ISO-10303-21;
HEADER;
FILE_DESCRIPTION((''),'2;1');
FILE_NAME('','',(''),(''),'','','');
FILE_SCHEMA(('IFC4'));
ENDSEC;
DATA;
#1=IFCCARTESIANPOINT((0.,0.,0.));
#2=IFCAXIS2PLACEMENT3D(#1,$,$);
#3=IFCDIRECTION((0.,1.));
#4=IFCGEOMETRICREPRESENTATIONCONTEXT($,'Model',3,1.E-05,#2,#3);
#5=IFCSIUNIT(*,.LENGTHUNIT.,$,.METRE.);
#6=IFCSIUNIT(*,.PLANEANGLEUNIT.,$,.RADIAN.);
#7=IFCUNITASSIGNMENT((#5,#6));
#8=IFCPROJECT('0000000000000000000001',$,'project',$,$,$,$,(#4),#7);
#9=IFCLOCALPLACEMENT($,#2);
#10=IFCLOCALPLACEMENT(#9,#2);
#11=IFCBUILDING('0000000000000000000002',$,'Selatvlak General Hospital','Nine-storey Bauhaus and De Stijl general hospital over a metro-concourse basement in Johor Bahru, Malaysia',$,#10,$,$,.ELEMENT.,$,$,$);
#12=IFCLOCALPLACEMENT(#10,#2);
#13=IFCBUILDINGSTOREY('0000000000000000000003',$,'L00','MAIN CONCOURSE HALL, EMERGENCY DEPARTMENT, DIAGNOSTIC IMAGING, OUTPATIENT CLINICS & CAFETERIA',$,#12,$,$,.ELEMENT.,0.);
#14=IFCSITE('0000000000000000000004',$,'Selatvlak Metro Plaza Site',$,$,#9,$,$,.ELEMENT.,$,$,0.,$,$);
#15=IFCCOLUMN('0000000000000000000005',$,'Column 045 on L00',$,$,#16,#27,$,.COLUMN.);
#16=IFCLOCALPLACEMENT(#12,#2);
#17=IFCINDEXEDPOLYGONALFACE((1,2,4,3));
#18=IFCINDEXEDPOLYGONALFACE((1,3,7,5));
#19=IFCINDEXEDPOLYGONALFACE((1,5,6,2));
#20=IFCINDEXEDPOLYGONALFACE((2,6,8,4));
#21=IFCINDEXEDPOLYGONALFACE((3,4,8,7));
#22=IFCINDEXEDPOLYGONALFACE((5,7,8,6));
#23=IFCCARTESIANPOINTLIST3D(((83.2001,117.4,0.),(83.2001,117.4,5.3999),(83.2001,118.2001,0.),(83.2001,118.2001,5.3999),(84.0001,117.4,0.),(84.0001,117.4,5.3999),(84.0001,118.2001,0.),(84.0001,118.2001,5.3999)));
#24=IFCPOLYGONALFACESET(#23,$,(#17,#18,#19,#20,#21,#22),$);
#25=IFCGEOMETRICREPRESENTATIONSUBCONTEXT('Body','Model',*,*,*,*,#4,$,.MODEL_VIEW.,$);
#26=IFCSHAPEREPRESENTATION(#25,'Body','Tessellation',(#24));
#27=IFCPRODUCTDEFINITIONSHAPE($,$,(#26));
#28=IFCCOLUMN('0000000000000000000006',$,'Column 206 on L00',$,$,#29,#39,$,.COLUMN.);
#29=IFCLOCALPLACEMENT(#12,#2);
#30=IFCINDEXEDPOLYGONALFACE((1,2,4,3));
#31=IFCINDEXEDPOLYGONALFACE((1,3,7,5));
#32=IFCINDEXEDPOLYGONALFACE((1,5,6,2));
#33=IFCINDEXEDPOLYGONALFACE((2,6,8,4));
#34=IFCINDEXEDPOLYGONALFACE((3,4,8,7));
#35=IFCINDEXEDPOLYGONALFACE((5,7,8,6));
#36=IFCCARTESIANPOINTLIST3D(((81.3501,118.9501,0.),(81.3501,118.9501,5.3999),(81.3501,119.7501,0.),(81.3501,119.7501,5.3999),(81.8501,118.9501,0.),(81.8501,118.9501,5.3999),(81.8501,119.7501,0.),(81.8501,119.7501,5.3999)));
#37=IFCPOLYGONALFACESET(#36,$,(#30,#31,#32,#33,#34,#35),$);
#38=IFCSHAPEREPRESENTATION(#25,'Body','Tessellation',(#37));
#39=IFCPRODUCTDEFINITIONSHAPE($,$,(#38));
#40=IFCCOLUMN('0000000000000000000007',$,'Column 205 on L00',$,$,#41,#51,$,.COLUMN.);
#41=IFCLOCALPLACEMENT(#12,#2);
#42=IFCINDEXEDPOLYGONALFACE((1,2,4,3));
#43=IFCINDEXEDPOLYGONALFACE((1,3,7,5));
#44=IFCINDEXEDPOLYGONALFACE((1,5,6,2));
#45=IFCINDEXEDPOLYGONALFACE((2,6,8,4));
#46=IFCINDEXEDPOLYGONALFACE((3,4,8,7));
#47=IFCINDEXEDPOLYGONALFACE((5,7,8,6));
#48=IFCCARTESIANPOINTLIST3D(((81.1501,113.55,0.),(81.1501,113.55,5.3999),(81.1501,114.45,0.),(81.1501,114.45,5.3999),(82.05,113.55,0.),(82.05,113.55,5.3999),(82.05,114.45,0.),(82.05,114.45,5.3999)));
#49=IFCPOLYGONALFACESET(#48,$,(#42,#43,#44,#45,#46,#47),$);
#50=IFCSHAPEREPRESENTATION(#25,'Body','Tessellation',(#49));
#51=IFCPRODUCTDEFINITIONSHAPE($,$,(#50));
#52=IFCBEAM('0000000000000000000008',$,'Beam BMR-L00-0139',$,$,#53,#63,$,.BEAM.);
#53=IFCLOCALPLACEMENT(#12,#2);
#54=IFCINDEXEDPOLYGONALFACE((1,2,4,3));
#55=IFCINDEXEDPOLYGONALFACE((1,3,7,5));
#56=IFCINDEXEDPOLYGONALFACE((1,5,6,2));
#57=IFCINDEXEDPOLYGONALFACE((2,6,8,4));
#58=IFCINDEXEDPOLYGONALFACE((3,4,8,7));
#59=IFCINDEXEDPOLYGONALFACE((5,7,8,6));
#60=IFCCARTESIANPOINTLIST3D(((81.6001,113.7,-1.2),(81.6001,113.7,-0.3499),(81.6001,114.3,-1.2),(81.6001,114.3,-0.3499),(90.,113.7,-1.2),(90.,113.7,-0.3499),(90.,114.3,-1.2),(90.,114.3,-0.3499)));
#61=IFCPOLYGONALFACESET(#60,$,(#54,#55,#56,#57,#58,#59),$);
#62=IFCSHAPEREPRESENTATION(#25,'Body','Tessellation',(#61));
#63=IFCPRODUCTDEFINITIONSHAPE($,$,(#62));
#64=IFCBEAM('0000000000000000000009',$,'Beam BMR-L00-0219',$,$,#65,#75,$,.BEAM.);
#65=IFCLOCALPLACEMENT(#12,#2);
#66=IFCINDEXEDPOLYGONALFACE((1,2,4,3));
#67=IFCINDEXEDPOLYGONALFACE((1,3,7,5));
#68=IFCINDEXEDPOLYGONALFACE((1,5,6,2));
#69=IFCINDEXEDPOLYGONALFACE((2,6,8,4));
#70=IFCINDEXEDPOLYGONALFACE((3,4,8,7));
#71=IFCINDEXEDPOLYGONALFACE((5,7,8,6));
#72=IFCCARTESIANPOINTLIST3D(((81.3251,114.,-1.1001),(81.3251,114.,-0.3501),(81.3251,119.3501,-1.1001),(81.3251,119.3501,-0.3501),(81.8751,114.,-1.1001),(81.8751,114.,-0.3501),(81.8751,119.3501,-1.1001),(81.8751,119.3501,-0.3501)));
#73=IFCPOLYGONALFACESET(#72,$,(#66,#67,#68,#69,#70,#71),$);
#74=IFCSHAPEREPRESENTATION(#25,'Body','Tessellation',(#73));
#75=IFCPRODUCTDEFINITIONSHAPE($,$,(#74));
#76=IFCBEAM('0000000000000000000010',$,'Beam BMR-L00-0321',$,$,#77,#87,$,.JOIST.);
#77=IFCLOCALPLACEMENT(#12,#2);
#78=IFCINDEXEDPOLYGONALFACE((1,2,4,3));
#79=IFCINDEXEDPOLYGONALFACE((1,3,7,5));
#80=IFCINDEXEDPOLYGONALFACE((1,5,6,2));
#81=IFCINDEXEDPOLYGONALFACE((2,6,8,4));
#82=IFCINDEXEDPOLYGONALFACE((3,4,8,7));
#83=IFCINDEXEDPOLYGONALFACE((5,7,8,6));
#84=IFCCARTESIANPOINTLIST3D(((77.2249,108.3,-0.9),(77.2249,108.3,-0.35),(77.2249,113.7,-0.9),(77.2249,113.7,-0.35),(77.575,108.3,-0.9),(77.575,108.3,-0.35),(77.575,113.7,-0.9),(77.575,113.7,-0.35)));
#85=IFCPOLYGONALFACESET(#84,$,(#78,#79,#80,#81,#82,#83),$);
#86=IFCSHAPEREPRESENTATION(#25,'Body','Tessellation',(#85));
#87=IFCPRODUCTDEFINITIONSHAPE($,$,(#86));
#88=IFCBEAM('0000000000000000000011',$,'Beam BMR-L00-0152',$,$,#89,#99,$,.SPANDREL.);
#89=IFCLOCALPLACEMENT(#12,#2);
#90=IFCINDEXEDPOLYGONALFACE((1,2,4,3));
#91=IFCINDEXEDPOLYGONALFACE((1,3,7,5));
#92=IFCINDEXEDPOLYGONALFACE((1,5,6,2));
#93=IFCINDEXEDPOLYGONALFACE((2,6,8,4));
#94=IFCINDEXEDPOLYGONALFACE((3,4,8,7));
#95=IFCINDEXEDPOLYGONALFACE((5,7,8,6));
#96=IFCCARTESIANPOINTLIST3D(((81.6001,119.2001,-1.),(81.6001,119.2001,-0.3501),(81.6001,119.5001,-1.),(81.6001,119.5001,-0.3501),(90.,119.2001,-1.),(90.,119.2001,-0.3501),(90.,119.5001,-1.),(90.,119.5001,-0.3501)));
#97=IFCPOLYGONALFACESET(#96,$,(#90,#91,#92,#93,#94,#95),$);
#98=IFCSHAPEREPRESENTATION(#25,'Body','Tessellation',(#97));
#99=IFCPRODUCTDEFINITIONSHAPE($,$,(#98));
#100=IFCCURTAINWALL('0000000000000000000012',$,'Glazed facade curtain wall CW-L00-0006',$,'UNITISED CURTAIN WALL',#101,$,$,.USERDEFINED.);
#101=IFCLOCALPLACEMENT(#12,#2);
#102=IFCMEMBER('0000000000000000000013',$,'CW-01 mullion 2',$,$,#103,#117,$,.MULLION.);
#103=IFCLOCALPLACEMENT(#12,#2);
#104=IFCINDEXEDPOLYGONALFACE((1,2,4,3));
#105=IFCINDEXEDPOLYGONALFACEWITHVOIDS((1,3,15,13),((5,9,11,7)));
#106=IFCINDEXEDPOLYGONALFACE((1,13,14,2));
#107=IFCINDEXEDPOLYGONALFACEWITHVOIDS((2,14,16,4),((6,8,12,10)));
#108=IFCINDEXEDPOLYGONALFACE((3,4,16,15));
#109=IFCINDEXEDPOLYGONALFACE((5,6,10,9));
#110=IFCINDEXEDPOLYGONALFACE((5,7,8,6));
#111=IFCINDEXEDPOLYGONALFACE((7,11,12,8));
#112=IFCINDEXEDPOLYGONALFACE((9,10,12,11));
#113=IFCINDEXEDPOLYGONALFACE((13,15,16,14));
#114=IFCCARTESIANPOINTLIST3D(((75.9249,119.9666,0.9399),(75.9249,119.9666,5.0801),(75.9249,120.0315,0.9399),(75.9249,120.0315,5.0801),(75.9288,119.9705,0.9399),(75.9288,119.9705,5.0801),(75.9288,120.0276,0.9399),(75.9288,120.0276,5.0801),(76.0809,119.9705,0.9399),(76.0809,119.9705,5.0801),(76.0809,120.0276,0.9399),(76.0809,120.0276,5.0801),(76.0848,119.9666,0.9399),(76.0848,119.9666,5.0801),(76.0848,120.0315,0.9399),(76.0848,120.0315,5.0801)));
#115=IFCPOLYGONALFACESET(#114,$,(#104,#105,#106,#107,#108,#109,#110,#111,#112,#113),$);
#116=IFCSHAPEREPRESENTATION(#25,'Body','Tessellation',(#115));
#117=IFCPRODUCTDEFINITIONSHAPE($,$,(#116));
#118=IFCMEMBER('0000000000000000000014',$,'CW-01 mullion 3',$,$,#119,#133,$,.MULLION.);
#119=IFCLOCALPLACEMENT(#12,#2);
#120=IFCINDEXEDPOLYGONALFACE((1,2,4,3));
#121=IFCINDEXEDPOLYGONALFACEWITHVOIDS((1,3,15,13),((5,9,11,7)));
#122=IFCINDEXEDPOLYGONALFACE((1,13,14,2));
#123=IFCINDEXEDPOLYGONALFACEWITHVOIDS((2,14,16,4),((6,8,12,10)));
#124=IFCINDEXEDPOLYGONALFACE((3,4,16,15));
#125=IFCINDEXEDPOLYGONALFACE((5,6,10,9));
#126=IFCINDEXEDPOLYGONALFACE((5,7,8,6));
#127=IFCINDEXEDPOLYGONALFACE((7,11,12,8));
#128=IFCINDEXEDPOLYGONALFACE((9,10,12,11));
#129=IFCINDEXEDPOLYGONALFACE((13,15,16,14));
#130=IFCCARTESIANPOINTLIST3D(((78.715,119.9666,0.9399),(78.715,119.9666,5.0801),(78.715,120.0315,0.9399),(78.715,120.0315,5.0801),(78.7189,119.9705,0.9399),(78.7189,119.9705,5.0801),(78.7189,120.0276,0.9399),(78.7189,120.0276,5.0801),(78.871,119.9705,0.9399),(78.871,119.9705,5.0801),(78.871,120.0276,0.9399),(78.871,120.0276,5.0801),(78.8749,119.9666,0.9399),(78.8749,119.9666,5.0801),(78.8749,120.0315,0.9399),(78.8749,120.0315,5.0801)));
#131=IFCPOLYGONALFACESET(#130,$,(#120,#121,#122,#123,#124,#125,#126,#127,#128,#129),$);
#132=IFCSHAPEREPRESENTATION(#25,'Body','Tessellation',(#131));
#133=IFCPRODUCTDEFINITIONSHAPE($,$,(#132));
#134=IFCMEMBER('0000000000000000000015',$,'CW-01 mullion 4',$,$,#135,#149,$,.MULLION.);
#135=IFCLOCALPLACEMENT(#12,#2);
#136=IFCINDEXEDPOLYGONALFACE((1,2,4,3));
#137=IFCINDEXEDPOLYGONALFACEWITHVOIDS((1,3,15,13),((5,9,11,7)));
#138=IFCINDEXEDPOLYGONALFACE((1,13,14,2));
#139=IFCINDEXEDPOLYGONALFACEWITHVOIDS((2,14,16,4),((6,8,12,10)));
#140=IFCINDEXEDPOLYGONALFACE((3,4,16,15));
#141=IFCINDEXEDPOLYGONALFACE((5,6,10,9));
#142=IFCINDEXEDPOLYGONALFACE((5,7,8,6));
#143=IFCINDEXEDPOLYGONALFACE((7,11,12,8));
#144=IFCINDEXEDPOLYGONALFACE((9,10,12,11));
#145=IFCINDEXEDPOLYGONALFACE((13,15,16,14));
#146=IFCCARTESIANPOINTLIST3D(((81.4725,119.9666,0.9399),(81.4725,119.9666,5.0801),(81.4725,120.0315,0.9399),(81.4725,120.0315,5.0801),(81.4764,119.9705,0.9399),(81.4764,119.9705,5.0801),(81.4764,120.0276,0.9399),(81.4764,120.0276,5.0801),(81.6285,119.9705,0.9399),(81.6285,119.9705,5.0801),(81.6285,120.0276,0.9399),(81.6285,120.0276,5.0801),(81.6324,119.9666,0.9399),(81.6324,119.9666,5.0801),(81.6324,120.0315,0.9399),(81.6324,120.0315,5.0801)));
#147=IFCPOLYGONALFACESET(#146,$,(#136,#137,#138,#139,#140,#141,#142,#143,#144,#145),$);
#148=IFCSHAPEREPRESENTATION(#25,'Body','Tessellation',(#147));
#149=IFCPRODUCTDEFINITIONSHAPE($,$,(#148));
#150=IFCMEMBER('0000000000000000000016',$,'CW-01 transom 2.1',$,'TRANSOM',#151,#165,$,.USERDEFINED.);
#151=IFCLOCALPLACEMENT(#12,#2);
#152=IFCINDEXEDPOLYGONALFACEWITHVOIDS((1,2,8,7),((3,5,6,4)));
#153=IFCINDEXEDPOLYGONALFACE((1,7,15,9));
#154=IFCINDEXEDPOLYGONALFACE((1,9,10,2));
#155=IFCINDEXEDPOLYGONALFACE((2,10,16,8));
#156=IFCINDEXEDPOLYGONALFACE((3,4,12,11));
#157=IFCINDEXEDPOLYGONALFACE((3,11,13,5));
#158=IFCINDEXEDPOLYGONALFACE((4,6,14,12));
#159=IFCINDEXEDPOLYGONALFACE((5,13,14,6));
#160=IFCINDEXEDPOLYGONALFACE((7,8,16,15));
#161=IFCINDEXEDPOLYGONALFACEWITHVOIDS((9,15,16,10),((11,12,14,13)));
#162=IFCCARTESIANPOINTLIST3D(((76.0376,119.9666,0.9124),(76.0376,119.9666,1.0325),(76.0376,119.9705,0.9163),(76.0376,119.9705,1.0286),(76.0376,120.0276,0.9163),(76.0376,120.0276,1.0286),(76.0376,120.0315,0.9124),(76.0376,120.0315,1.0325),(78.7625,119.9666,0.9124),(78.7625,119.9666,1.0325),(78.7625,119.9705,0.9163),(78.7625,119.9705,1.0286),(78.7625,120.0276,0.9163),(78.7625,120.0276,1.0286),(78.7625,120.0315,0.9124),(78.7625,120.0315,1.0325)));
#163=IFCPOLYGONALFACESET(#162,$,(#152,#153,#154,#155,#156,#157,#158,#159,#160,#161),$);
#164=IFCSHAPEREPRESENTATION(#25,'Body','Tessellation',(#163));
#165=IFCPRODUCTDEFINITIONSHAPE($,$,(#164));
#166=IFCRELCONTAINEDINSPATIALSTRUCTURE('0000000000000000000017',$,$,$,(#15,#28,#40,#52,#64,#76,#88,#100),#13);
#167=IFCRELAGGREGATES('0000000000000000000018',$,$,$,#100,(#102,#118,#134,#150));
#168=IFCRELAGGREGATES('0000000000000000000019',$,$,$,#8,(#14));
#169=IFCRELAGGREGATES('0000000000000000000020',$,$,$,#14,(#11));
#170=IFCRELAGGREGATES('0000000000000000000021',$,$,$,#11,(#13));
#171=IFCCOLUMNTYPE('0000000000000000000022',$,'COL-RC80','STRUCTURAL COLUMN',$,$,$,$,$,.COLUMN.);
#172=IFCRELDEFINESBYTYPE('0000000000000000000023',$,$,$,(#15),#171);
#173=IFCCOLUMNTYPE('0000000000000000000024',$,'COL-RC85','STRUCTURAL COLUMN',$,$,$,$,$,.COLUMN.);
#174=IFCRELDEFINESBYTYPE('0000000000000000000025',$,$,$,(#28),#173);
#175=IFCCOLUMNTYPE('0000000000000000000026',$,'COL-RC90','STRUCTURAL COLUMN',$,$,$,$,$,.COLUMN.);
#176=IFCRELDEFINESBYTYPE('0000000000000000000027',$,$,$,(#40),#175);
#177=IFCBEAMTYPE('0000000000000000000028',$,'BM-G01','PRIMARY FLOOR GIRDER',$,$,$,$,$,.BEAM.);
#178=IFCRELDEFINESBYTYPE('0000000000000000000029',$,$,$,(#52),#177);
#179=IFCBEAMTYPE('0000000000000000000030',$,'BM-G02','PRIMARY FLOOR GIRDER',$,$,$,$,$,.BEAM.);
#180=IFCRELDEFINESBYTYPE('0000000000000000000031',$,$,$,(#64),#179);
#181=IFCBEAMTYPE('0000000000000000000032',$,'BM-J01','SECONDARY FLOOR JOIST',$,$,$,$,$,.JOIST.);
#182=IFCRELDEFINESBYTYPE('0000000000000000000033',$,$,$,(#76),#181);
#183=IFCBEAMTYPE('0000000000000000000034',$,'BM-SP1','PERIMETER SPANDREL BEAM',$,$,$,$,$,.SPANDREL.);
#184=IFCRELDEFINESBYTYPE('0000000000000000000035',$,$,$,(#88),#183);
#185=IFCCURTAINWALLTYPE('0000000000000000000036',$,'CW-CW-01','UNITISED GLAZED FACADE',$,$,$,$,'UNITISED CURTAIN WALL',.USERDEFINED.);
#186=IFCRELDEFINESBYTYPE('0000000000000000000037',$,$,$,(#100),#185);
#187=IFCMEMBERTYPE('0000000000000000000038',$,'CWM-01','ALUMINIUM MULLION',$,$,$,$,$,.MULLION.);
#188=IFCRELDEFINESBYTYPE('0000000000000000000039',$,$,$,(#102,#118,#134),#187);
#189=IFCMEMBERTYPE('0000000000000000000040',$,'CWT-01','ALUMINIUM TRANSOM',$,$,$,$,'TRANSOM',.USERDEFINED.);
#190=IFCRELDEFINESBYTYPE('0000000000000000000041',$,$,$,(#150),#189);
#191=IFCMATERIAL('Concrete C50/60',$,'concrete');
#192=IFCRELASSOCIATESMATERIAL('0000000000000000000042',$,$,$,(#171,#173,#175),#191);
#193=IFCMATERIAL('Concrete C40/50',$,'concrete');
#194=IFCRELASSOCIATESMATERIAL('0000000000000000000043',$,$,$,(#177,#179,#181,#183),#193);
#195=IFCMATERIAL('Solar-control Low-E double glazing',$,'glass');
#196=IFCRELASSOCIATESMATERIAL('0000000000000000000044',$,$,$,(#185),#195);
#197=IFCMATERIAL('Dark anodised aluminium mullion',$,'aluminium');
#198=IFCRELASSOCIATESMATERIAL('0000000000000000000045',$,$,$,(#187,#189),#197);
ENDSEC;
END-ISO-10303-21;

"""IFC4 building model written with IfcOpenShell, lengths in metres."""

from ifc_helpers import new_model, si_unit, direction, frame, origin, origin_2d, place, context, subcontext, project, spatial, rectangle, hollow_rectangle, extrude, material, material_profile, profile_set, type_object, element, aggregate, save


model = new_model("IFC4")

# Units and contexts
model_context = context("Model", 3, precision=1e-05, world=origin(), true_north=direction((0.0, 1.0)))
body_context = subcontext(model_context, "Body", "Model", "MODEL_VIEW")
ifc_project = project(units=[si_unit("LENGTHUNIT", "METRE"), si_unit("PLANEANGLEUNIT", "RADIAN")], contexts=[model_context])

# Site, building, storey
site_placement = place(None, origin())
site = spatial("IfcSite", under=ifc_project, at=site_placement, Name="Selatvlak Metro Plaza Site", CompositionType="ELEMENT", RefElevation=0.0)
building_placement = place(site_placement, origin())
building = spatial("IfcBuilding", under=site, at=building_placement, Name="Selatvlak General Hospital", Description="Nine-storey Bauhaus and De Stijl general hospital over a metro-concourse basement in Johor Bahru, Malaysia", CompositionType="ELEMENT")
storey_placement = place(building_placement, origin())
storey = spatial("IfcBuildingStorey", under=building, at=storey_placement, Name="L00", Description="MAIN CONCOURSE HALL, EMERGENCY DEPARTMENT, DIAGNOSTIC IMAGING, OUTPATIENT CLINICS & CAFETERIA", CompositionType="ELEMENT", Elevation=0.0)

# Columns
ifc_material_1 = material(Name="Concrete C50/60", Category="concrete")
ifc_material_profile_1 = material_profile(ifc_material_1, rectangle(XDim=0.8, YDim=0.8, at=origin_2d()), Name="RC-COL 800x800")
ifc_profile_set_1 = profile_set([ifc_material_profile_1], Name="Concrete C50/60")
column_type_1 = type_object("IfcColumnType", Name="COL-RC80", Description="STRUCTURAL COLUMN", PredefinedType="COLUMN", material=ifc_profile_set_1)
column_1_placement = place(storey_placement, frame((83.6001, 117.8, 0.0), z_axis=(0.0, 0.0, 1.0), x_axis=(1.0, 0.0, 0.0)))
element("IfcColumn", 1, at=column_1_placement, inside=storey, type_object=column_type_1, Name="Column 045 on L00", PredefinedType="COLUMN", context=body_context, shape_type="SweptSolid", body=[
    extrude(rectangle(XDim=0.8, YDim=0.8, at=origin_2d()), origin(), (0.0, 0.0, 1.0), 5.3999),
])
ifc_material_profile_2 = material_profile(ifc_material_1, rectangle(XDim=0.5, YDim=0.8, at=origin_2d()), Name="RC-COL 800x500")
ifc_profile_set_2 = profile_set([ifc_material_profile_2], Name="Concrete C50/60")
column_type_2 = type_object("IfcColumnType", Name="COL-RC85", Description="STRUCTURAL COLUMN", PredefinedType="COLUMN", material=ifc_profile_set_2)
column_2_placement = place(storey_placement, frame((81.6001, 119.3501, 0.0), z_axis=(0.0, 0.0, 1.0), x_axis=(1.0, 0.0, 0.0)))
element("IfcColumn", 2, at=column_2_placement, inside=storey, type_object=column_type_2, Name="Column 206 on L00", PredefinedType="COLUMN", context=body_context, shape_type="SweptSolid", body=[
    extrude(rectangle(XDim=0.5, YDim=0.8, at=origin_2d()), origin(), (0.0, 0.0, 1.0), 5.3999),
])
ifc_material_profile_3 = material_profile(ifc_material_1, rectangle(XDim=0.8999, YDim=0.8999, at=origin_2d()), Name="RC-COL 900x900")
ifc_profile_set_3 = profile_set([ifc_material_profile_3], Name="Concrete C50/60")
column_type_3 = type_object("IfcColumnType", Name="COL-RC90", Description="STRUCTURAL COLUMN", PredefinedType="COLUMN", material=ifc_profile_set_3)
column_3_placement = place(storey_placement, frame((81.6001, 114.0, 0.0), z_axis=(0.0, 0.0, 1.0), x_axis=(1.0, 0.0, 0.0)))
element("IfcColumn", 3, at=column_3_placement, inside=storey, type_object=column_type_3, Name="Column 205 on L00", PredefinedType="COLUMN", context=body_context, shape_type="SweptSolid", body=[
    extrude(rectangle(XDim=0.8999, YDim=0.8999, at=origin_2d()), origin(), (0.0, 0.0, 1.0), 5.3999),
])

# Beams
ifc_material_2 = material(Name="Concrete C40/50", Category="concrete")
ifc_material_profile_4 = material_profile(ifc_material_2, rectangle(XDim=0.6001, YDim=0.8501, at=origin_2d()), Name="RC-BM 600x850")
ifc_profile_set_4 = profile_set([ifc_material_profile_4], Name="Concrete C40/50")
beam_type_1 = type_object("IfcBeamType", Name="BM-G01", Description="PRIMARY FLOOR GIRDER", PredefinedType="BEAM", material=ifc_profile_set_4)
beam_1_placement = place(storey_placement, frame((81.6001, 114.0, -0.7749), z_axis=(1.0, 0.0, 0.0), x_axis=(0.0, 1.0, 0.0)))
element("IfcBeam", 4, at=beam_1_placement, inside=storey, type_object=beam_type_1, Name="Beam BMR-L00-0139", PredefinedType="BEAM", context=body_context, shape_type="SweptSolid", body=[
    extrude(rectangle(XDim=0.6001, YDim=0.8501, at=origin_2d()), origin(), (0.0, 0.0, 1.0), 8.3999),
])
ifc_material_profile_5 = material_profile(ifc_material_2, rectangle(XDim=0.55, YDim=0.75, at=origin_2d()), Name="RC-BM 550x750")
ifc_profile_set_5 = profile_set([ifc_material_profile_5], Name="Concrete C40/50")
beam_type_2 = type_object("IfcBeamType", Name="BM-G02", Description="PRIMARY FLOOR GIRDER", PredefinedType="BEAM", material=ifc_profile_set_5)
beam_2_placement = place(storey_placement, frame((81.6001, 114.0, -0.7251), z_axis=(0.0, 1.0, 0.0), x_axis=(-1.0, 0.0, 0.0)))
element("IfcBeam", 5, at=beam_2_placement, inside=storey, type_object=beam_type_2, Name="Beam BMR-L00-0219", PredefinedType="BEAM", context=body_context, shape_type="SweptSolid", body=[
    extrude(rectangle(XDim=0.55, YDim=0.75, at=origin_2d()), origin(), (0.0, 0.0, 1.0), 5.3501),
])
ifc_material_profile_6 = material_profile(ifc_material_2, rectangle(XDim=0.3501, YDim=0.55, at=origin_2d()), Name="RC-BM 350x550")
ifc_profile_set_6 = profile_set([ifc_material_profile_6], Name="Concrete C40/50")
beam_type_3 = type_object("IfcBeamType", Name="BM-J01", Description="SECONDARY FLOOR JOIST", PredefinedType="JOIST", material=ifc_profile_set_6)
beam_3_placement = place(storey_placement, frame((77.3999, 108.3, -0.625), z_axis=(0.0, 1.0, 0.0), x_axis=(-1.0, 0.0, 0.0)))
element("IfcBeam", 6, at=beam_3_placement, inside=storey, type_object=beam_type_3, Name="Beam BMR-L00-0321", PredefinedType="JOIST", context=body_context, shape_type="SweptSolid", body=[
    extrude(rectangle(XDim=0.3501, YDim=0.55, at=origin_2d()), origin(), (0.0, 0.0, 1.0), 5.3999),
])
ifc_material_profile_7 = material_profile(ifc_material_2, rectangle(XDim=0.3, YDim=0.6499, at=origin_2d()), Name="RC-SP 300x650")
ifc_profile_set_7 = profile_set([ifc_material_profile_7], Name="Concrete C40/50")
beam_type_4 = type_object("IfcBeamType", Name="BM-SP1", Description="PERIMETER SPANDREL BEAM", PredefinedType="SPANDREL", material=ifc_profile_set_7)
beam_4_placement = place(storey_placement, frame((81.6001, 119.3501, -0.675), z_axis=(1.0, 0.0, 0.0), x_axis=(0.0, 1.0, 0.0)))
element("IfcBeam", 7, at=beam_4_placement, inside=storey, type_object=beam_type_4, Name="Beam BMR-L00-0152", PredefinedType="SPANDREL", context=body_context, shape_type="SweptSolid", body=[
    extrude(rectangle(XDim=0.3, YDim=0.6499, at=origin_2d()), origin(), (0.0, 0.0, 1.0), 8.3999),
])

# Curtain wall, members
ifc_material_3 = material(Name="Solar-control Low-E double glazing", Category="glass")
curtain_wall_type = type_object("IfcCurtainWallType", Name="CW-CW-01", Description="UNITISED GLAZED FACADE", ElementType="UNITISED CURTAIN WALL", PredefinedType="USERDEFINED", material=ifc_material_3)
curtain_wall_placement = place(storey_placement, origin())
curtain_wall = element("IfcCurtainWall", 8, at=curtain_wall_placement, inside=storey, type_object=curtain_wall_type, Name="Glazed facade curtain wall CW-L00-0006", ObjectType="UNITISED CURTAIN WALL", PredefinedType="USERDEFINED")
ifc_material_4 = material(Name="Dark anodised aluminium mullion", Category="aluminium")
ifc_material_profile_8 = material_profile(ifc_material_4, hollow_rectangle(XDim=0.0649, YDim=0.1599, WallThickness=0.0039, at=origin_2d()), Name="AL-MUL 65x160x4")
ifc_profile_set_8 = profile_set([ifc_material_profile_8], Name="Dark anodised aluminium mullion")
member_type_1 = type_object("IfcMemberType", Name="CWM-01", Description="ALUMINIUM MULLION", PredefinedType="MULLION", material=ifc_profile_set_8)
member_1_placement = place(storey_placement, frame((76.0049, 119.999, 0.9399), z_axis=(0.0, 0.0, 1.0), x_axis=(0.0, 1.0, 0.0)))
member_1 = element("IfcMember", 9, at=member_1_placement, type_object=member_type_1, Name="CW-01 mullion 2", PredefinedType="MULLION", context=body_context, shape_type="SweptSolid", body=[
    extrude(hollow_rectangle(XDim=0.0649, YDim=0.1599, WallThickness=0.0039, at=origin_2d()), origin(), (0.0, 0.0, 1.0), 4.1401),
])
member_2_placement = place(storey_placement, frame((78.7949, 119.999, 0.9399), z_axis=(0.0, 0.0, 1.0), x_axis=(0.0, 1.0, 0.0)))
member_2 = element("IfcMember", 10, at=member_2_placement, type_object=member_type_1, Name="CW-01 mullion 3", PredefinedType="MULLION", context=body_context, shape_type="SweptSolid", body=[
    extrude(hollow_rectangle(XDim=0.0649, YDim=0.1599, WallThickness=0.0039, at=origin_2d()), origin(), (0.0, 0.0, 1.0), 4.1401),
])
member_3_placement = place(storey_placement, frame((81.5525, 119.999, 0.9399), z_axis=(0.0, 0.0, 1.0), x_axis=(0.0, 1.0, 0.0)))
member_3 = element("IfcMember", 11, at=member_3_placement, type_object=member_type_1, Name="CW-01 mullion 4", PredefinedType="MULLION", context=body_context, shape_type="SweptSolid", body=[
    extrude(hollow_rectangle(XDim=0.0649, YDim=0.1599, WallThickness=0.0039, at=origin_2d()), origin(), (0.0, 0.0, 1.0), 4.1401),
])
ifc_material_profile_9 = material_profile(ifc_material_4, hollow_rectangle(XDim=0.0649, YDim=0.1201, WallThickness=0.0039, at=origin_2d()), Name="AL-TRN 65x120x4")
ifc_profile_set_9 = profile_set([ifc_material_profile_9], Name="Dark anodised aluminium mullion")
member_type_2 = type_object("IfcMemberType", Name="CWT-01", Description="ALUMINIUM TRANSOM", ElementType="TRANSOM", PredefinedType="USERDEFINED", material=ifc_profile_set_9)
member_4_placement = place(storey_placement, frame((76.0376, 119.999, 0.9724), z_axis=(1.0, 0.0, 0.0), x_axis=(0.0, 1.0, 0.0)))
member_4 = element("IfcMember", 12, at=member_4_placement, type_object=member_type_2, Name="CW-01 transom 2.1", ObjectType="TRANSOM", PredefinedType="USERDEFINED", context=body_context, shape_type="SweptSolid", body=[
    extrude(hollow_rectangle(XDim=0.0649, YDim=0.1201, WallThickness=0.0039, at=origin_2d()), origin(), (0.0, 0.0, 1.0), 2.7249),
])
aggregate(curtain_wall, [member_1, member_2, member_3, member_4])

save(model, "model.ifc")
